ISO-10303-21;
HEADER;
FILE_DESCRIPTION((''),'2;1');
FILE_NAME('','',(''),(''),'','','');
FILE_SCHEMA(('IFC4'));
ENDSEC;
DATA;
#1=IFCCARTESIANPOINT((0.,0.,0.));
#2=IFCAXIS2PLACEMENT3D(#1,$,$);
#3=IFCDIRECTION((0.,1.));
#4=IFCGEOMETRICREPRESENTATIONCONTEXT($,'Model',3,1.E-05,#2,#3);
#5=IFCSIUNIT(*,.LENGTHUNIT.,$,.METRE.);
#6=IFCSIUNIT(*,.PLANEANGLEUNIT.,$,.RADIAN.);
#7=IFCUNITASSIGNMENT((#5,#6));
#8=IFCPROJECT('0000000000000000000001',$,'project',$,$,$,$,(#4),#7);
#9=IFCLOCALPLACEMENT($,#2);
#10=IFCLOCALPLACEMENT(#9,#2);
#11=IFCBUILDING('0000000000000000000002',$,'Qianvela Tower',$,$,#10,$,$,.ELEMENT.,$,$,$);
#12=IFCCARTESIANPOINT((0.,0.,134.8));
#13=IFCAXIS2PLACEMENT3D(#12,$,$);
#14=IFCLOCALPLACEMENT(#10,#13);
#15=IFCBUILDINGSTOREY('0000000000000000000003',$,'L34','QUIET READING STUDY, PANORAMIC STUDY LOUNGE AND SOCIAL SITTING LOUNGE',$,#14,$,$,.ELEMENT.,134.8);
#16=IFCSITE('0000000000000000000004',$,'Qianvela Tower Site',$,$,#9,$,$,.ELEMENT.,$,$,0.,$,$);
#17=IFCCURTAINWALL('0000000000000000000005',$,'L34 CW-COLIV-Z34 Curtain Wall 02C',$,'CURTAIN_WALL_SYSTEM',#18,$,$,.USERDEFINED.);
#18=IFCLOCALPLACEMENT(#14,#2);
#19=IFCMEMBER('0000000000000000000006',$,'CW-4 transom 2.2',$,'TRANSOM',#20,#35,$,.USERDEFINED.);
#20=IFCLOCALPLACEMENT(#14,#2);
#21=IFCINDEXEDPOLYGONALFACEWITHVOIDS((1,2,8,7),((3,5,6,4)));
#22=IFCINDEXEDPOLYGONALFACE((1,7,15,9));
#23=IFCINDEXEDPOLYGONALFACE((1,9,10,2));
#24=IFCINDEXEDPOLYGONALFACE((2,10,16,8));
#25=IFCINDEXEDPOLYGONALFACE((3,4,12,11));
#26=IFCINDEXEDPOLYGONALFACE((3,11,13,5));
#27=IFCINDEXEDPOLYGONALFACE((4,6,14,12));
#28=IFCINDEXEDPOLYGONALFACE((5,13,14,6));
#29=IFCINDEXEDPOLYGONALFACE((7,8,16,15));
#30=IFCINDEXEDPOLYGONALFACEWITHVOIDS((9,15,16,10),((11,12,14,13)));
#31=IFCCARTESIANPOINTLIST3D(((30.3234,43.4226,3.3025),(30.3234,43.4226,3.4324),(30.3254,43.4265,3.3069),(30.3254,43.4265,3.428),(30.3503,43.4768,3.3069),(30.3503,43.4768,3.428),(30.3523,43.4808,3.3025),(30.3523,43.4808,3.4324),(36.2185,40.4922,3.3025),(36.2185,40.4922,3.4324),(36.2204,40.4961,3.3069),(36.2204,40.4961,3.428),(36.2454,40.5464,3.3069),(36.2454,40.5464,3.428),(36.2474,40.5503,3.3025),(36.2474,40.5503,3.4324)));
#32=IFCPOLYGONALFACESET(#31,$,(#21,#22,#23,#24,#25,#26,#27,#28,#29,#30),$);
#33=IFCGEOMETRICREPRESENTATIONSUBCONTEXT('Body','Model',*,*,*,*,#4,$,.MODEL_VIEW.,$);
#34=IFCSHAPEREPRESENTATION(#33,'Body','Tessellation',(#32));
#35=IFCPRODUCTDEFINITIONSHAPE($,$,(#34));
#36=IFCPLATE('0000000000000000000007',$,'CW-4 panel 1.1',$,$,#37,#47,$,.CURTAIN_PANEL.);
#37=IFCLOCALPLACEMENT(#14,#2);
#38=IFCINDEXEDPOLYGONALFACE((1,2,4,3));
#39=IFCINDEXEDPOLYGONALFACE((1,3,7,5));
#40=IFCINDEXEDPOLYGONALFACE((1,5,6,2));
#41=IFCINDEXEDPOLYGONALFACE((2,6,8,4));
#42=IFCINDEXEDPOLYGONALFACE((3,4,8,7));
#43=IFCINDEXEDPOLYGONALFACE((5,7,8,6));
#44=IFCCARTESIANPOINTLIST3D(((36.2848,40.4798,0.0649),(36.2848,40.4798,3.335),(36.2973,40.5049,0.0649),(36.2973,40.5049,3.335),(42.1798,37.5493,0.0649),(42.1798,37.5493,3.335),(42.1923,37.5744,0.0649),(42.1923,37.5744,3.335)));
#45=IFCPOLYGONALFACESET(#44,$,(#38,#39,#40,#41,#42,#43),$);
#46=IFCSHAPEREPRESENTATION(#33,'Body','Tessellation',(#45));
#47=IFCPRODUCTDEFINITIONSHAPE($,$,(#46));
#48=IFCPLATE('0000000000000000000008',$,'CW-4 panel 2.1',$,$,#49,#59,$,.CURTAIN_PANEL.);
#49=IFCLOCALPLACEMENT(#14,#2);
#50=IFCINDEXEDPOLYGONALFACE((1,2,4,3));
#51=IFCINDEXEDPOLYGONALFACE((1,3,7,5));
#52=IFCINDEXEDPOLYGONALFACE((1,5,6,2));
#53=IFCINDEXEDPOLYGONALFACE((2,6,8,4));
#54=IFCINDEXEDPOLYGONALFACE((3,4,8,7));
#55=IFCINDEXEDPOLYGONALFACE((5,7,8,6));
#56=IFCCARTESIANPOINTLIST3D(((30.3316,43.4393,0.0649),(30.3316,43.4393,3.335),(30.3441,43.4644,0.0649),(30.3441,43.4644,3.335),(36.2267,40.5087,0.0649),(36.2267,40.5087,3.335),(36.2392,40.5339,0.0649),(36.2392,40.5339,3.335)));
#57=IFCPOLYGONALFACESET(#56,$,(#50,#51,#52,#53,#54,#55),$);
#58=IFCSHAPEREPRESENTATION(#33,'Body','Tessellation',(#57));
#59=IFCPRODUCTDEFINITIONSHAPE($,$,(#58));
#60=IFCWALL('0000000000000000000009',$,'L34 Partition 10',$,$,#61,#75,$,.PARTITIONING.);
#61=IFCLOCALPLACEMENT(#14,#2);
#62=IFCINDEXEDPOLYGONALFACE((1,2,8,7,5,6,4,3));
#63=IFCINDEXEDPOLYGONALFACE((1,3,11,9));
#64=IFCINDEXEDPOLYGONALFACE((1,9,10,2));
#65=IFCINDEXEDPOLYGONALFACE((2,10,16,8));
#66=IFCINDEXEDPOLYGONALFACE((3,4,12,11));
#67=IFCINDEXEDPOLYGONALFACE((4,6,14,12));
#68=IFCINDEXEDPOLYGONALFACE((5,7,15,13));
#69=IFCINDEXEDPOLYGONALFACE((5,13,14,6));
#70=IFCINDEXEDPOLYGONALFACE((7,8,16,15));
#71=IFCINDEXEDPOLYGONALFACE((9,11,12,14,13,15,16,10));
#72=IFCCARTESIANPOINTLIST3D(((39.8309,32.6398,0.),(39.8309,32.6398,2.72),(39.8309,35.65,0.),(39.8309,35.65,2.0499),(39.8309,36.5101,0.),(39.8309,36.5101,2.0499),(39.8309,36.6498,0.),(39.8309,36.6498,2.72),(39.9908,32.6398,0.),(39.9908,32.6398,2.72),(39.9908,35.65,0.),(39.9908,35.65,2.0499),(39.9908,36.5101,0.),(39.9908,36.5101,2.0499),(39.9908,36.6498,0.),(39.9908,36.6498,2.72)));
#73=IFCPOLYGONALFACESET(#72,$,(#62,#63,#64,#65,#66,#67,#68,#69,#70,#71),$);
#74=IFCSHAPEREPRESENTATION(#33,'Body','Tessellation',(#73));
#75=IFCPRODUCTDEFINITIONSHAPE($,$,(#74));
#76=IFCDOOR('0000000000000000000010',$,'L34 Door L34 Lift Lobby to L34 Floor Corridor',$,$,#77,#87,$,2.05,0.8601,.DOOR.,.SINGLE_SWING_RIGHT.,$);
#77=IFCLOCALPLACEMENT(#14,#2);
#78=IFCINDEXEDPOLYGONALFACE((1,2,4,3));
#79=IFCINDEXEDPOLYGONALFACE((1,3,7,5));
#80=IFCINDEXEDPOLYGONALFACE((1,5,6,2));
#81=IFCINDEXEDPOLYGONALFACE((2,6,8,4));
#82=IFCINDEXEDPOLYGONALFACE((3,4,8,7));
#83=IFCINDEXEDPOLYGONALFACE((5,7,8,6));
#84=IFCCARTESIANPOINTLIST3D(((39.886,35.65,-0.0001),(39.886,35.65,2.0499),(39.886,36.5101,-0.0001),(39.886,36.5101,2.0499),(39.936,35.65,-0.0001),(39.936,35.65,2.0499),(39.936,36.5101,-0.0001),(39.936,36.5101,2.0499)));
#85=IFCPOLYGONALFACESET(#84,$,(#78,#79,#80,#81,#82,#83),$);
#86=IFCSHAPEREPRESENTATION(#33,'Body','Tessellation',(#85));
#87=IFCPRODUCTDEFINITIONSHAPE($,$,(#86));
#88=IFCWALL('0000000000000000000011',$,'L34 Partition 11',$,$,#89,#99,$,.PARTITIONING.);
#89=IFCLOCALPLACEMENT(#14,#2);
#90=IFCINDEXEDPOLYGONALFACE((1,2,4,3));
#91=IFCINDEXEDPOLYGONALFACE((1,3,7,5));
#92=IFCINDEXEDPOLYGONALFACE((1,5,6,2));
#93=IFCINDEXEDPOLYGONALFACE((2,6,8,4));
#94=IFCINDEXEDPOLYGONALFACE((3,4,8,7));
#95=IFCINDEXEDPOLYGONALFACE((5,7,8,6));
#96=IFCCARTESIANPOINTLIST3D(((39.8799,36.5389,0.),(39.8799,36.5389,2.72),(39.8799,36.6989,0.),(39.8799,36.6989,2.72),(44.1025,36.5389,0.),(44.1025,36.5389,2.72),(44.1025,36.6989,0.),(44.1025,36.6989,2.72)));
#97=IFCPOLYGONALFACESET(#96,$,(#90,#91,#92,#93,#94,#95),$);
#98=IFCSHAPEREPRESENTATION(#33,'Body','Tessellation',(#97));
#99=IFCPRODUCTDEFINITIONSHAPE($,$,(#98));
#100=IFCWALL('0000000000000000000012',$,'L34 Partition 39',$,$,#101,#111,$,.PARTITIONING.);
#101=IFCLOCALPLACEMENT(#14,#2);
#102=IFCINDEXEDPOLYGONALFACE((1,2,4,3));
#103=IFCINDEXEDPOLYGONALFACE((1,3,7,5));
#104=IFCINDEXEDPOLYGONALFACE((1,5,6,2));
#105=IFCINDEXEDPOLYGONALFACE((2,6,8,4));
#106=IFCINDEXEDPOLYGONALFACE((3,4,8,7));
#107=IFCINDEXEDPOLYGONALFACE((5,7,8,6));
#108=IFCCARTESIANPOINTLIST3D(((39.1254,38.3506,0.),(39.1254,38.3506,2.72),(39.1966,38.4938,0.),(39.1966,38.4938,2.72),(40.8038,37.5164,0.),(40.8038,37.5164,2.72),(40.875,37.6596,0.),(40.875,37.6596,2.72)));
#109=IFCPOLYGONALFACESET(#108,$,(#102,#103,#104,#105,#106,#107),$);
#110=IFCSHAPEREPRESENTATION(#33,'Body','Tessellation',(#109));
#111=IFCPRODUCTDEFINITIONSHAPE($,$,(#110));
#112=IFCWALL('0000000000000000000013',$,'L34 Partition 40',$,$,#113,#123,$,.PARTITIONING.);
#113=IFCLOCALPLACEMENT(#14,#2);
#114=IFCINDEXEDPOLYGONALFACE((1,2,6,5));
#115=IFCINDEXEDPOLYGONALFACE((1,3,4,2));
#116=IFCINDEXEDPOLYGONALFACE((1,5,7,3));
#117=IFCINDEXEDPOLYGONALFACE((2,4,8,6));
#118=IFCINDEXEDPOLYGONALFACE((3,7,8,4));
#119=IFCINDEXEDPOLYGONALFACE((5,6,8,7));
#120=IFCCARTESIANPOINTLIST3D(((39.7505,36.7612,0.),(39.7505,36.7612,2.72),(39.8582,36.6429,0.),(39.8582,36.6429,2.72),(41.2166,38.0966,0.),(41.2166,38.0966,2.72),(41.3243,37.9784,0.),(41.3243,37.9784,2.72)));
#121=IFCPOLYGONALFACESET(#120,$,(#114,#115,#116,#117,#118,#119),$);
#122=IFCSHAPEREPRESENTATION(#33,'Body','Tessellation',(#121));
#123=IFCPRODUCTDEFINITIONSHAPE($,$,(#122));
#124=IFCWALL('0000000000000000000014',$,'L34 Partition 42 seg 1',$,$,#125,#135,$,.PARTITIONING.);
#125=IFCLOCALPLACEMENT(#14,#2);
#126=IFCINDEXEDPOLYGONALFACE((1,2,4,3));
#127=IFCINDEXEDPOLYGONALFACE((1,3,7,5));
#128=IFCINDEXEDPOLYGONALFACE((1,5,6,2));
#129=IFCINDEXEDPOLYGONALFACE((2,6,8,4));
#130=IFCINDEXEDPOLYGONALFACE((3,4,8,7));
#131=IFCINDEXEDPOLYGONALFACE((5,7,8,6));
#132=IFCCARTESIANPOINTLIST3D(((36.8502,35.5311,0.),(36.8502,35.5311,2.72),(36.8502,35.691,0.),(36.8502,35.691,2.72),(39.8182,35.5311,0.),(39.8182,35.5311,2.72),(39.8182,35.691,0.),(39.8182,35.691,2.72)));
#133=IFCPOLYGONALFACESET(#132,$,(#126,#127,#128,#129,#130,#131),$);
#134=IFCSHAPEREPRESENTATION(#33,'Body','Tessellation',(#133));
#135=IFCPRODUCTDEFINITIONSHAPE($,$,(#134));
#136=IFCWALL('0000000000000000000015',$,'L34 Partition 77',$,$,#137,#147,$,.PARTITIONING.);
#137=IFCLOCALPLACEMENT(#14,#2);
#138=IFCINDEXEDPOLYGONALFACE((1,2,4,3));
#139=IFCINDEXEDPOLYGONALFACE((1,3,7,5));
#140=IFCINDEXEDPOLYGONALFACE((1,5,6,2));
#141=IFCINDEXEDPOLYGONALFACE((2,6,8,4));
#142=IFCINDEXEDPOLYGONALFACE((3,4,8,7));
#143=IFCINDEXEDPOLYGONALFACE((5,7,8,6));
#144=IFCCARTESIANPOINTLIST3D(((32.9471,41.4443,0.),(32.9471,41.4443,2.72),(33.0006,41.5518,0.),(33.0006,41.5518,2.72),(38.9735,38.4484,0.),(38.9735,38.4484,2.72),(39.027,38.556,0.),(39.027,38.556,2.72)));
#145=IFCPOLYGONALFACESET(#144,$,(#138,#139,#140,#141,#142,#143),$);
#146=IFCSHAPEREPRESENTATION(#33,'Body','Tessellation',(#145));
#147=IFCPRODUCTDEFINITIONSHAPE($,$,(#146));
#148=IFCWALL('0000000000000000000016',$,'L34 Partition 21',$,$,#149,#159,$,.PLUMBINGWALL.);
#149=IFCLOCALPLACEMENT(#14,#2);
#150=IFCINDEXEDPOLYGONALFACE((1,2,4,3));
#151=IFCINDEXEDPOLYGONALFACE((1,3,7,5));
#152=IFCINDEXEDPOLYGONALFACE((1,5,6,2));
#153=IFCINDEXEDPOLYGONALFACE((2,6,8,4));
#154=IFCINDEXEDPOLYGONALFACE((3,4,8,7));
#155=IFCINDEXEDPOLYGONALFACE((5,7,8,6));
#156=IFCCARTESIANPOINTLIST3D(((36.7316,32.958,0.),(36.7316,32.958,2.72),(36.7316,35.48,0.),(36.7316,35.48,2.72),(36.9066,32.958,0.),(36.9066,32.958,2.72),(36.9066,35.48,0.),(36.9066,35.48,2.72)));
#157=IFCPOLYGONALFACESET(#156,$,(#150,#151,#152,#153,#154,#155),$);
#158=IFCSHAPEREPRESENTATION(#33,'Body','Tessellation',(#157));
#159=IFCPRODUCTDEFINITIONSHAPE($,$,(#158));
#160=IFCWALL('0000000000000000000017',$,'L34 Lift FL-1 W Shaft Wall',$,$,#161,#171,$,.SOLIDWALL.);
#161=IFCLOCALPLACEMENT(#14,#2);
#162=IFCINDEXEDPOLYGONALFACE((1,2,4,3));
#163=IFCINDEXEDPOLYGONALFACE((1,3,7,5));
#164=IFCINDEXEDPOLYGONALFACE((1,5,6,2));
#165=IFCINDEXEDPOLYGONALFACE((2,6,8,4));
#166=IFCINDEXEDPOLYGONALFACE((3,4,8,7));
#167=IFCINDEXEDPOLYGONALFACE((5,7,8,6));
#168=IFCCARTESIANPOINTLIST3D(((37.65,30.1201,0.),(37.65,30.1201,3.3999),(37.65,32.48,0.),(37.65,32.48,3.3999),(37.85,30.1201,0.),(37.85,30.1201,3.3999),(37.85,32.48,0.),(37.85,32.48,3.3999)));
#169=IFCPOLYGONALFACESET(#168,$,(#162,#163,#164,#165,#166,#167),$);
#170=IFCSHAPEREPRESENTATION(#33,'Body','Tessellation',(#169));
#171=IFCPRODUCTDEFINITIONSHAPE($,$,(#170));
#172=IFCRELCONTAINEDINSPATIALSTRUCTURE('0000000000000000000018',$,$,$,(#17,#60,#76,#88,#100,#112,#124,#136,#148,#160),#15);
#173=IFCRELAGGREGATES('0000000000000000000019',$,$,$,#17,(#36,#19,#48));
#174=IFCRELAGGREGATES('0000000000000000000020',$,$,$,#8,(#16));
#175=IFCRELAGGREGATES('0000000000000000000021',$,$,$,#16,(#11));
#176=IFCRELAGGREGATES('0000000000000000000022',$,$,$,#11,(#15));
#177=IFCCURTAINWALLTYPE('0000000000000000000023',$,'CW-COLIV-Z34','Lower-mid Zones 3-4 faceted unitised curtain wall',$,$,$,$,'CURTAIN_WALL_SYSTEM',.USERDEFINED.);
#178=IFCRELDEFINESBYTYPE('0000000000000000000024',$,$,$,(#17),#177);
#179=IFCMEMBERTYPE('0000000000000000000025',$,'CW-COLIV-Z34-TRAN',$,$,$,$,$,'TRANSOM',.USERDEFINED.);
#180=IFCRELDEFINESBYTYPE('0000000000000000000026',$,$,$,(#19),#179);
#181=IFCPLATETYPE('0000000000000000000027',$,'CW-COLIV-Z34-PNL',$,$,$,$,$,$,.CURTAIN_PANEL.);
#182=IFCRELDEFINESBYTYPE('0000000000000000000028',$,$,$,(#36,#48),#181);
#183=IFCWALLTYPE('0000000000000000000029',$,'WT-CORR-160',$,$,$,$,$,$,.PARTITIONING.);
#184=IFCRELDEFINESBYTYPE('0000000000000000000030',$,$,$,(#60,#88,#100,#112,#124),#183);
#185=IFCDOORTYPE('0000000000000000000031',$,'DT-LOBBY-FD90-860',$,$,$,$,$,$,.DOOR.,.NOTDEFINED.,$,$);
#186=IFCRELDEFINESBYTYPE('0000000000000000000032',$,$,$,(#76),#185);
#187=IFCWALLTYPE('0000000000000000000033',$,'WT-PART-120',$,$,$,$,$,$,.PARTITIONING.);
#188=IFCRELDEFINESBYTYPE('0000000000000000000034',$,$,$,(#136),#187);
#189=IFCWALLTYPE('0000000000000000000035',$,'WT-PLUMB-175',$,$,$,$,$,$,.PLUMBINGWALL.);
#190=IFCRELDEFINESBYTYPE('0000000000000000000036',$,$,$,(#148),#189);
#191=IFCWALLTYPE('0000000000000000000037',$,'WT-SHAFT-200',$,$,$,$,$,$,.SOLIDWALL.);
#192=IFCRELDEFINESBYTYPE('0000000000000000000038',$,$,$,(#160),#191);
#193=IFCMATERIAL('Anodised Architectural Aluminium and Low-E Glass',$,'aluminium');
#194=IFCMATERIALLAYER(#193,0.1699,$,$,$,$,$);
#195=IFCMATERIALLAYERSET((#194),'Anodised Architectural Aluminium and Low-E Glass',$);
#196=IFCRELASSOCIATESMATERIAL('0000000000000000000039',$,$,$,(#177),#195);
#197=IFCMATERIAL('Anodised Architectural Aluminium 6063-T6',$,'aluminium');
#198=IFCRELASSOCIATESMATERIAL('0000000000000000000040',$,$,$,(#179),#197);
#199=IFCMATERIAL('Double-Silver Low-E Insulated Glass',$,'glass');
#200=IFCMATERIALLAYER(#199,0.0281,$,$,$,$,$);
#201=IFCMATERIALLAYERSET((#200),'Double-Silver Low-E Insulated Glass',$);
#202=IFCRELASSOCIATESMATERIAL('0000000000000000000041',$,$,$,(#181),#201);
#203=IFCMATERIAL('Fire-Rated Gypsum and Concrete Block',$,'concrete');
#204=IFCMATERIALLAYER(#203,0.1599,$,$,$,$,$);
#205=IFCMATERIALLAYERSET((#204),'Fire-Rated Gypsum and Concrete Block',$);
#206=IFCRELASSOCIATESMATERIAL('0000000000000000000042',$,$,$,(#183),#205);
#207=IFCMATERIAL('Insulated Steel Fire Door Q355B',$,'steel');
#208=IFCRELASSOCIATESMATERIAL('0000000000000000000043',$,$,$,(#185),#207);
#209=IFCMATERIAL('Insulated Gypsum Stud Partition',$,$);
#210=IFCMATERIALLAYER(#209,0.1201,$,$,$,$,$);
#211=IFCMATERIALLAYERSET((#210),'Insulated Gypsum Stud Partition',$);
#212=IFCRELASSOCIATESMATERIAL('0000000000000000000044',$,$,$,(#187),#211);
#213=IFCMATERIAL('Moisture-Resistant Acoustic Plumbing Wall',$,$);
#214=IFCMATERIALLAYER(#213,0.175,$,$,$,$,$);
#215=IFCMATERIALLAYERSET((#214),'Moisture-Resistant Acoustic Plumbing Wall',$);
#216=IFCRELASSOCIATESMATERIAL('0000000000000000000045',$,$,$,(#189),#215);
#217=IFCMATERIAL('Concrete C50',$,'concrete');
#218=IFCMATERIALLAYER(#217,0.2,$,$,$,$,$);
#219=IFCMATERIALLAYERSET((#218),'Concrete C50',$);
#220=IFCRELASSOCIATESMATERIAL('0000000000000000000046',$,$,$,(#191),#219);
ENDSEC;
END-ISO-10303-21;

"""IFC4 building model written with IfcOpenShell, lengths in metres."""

from ifc_helpers import new_model, si_unit, direction, frame, frame_2d, origin, origin_2d, place, context, subcontext, project, spatial, rectangle, hollow_rectangle, extrude, material, layer, layer_set, material_profile, profile_set, type_object, element, fill, aggregate, save


model = new_model("IFC4")

# Units and contexts
model_context = context("Model", 3, precision=1e-05, world=origin(), true_north=direction((0.0, 1.0)))
body_context = subcontext(model_context, "Body", "Model", "MODEL_VIEW")
ifc_project = project(units=[si_unit("LENGTHUNIT", "METRE"), si_unit("PLANEANGLEUNIT", "RADIAN")], contexts=[model_context])

# Site, building, storey
site_placement = place(None, origin())
site = spatial("IfcSite", under=ifc_project, at=site_placement, Name="Qianvela Tower Site", CompositionType="ELEMENT", RefElevation=0.0)
building_placement = place(site_placement, origin())
building = spatial("IfcBuilding", under=site, at=building_placement, Name="Qianvela Tower", CompositionType="ELEMENT")
storey_placement = place(building_placement, frame((0.0, 0.0, 134.8)))
storey = spatial("IfcBuildingStorey", under=building, at=storey_placement, Name="L34", Description="QUIET READING STUDY, PANORAMIC STUDY LOUNGE AND SOCIAL SITTING LOUNGE", CompositionType="ELEMENT", Elevation=134.8)

# Curtain wall, member, plates
ifc_material_1 = material(Name="Anodised Architectural Aluminium and Low-E Glass", Category="aluminium")
ifc_layer_1 = layer(ifc_material_1, 0.1699)
ifc_layer_set_1 = layer_set([ifc_layer_1], Name="Anodised Architectural Aluminium and Low-E Glass")
curtain_wall_type = type_object("IfcCurtainWallType", Name="CW-COLIV-Z34", Description="Lower-mid Zones 3-4 faceted unitised curtain wall", ElementType="CURTAIN_WALL_SYSTEM", PredefinedType="USERDEFINED", material=ifc_layer_set_1)
curtain_wall_placement = place(storey_placement, origin())
curtain_wall = element("IfcCurtainWall", 1, at=curtain_wall_placement, inside=storey, type_object=curtain_wall_type, Name="L34 CW-COLIV-Z34 Curtain Wall 02C", ObjectType="CURTAIN_WALL_SYSTEM", PredefinedType="USERDEFINED")
ifc_material_2 = material(Name="Anodised Architectural Aluminium 6063-T6", Category="aluminium")
ifc_material_profile_1 = material_profile(ifc_material_2, hollow_rectangle(XDim=0.0649, YDim=0.1299, WallThickness=0.0044, at=origin_2d()), Name="ALU-TRAN-65x130")
ifc_profile_set_1 = profile_set([ifc_material_profile_1], Name="Anodised Architectural Aluminium 6063-T6")
member_type_1 = type_object("IfcMemberType", Name="CW-COLIV-Z34-TRAN", ElementType="TRANSOM", PredefinedType="USERDEFINED", material=ifc_profile_set_1)
member_1_placement = place(storey_placement, frame((36.2329, 40.5212, 3.3674), z_axis=(-0.895463, 0.445136, 0.0), x_axis=(-0.445136, -0.895463, 0.0)))
member_1 = element("IfcMember", 2, at=member_1_placement, type_object=member_type_1, Name="CW-4 transom 2.2", ObjectType="TRANSOM", PredefinedType="USERDEFINED", context=body_context, shape_type="SweptSolid", body=[
    extrude(hollow_rectangle(XDim=0.0649, YDim=0.1299, WallThickness=0.0044, at=origin_2d()), origin(), (0.0, 0.0, 1.0), 6.5833),
])
ifc_material_3 = material(Name="Double-Silver Low-E Insulated Glass", Category="glass")
ifc_layer_2 = layer(ifc_material_3, 0.0281)
ifc_layer_set_2 = layer_set([ifc_layer_2], Name="Double-Silver Low-E Insulated Glass")
plate_type = type_object("IfcPlateType", Name="CW-COLIV-Z34-PNL", PredefinedType="CURTAIN_PANEL", material=ifc_layer_set_2)
plate_1_placement = place(storey_placement, frame((39.2385, 39.0271, 0.0649), z_axis=(0.0, 0.0, 1.0), x_axis=(-0.895458, 0.445147, 0.0)))
plate_1 = element("IfcPlate", 3, at=plate_1_placement, type_object=plate_type, Name="CW-4 panel 1.1", PredefinedType="CURTAIN_PANEL", context=body_context, shape_type="SweptSolid", body=[
    extrude(rectangle(XDim=6.5833, YDim=0.0281, at=origin_2d()), origin(), (0.0, 0.0, 1.0), 3.27),
])
plate_2_placement = place(storey_placement, frame((33.2854, 41.9866, 0.0649), z_axis=(0.0, 0.0, 1.0), x_axis=(-0.895458, 0.445147, 0.0)))
plate_2 = element("IfcPlate", 4, at=plate_2_placement, type_object=plate_type, Name="CW-4 panel 2.1", PredefinedType="CURTAIN_PANEL", context=body_context, shape_type="SweptSolid", body=[
    extrude(rectangle(XDim=6.5833, YDim=0.0281, at=origin_2d()), origin(), (0.0, 0.0, 1.0), 3.27),
])
aggregate(curtain_wall, [plate_1, member_1, plate_2])

# Wall, opening, door
ifc_material_4 = material(Name="Fire-Rated Gypsum and Concrete Block", Category="concrete")
ifc_layer_3 = layer(ifc_material_4, 0.1599)
ifc_layer_set_3 = layer_set([ifc_layer_3], Name="Fire-Rated Gypsum and Concrete Block")
wall_type_1 = type_object("IfcWallType", Name="WT-CORR-160", PredefinedType="PARTITIONING", material=ifc_layer_set_3)
wall_1_placement = place(storey_placement, frame((39.9109, 32.6399, 0.0), z_axis=(0.0, 0.0, 1.0), x_axis=(0.0, 1.0, 0.0)))
wall_1 = element("IfcWall", 5, at=wall_1_placement, inside=storey, type_object=wall_type_1, Name="L34 Partition 10", PredefinedType="PARTITIONING", context=body_context, shape_type="SweptSolid", body=[
    extrude(rectangle(XDim=4.01, YDim=0.1599, at=frame_2d((2.0049, 0.0))), origin(), (0.0, 0.0, 1.0), 2.72),
])
opening_1_placement = place(wall_1_placement, frame((3.01, 0.0, 0.0)))
opening_1 = element("IfcOpeningElement", 6, at=opening_1_placement, cuts=wall_1, PredefinedType="OPENING", context=body_context, shape_type="SweptSolid", body=[
    extrude(rectangle(XDim=0.8601, YDim=2.05, at=frame_2d((0.4302, 1.0249))), frame((0.0, 0.0898, 0.0), z_axis=(0.0, -1.0, 0.0), x_axis=(1.0, 0.0, 0.0)), (0.0, 0.0, 1.0), 0.1799),
])
ifc_material_5 = material(Name="Insulated Steel Fire Door Q355B", Category="steel")
door_type_1 = type_object("IfcDoorType", Name="DT-LOBBY-FD90-860", OperationType="NOTDEFINED", PredefinedType="DOOR", material=ifc_material_5)
door_1_placement = place(opening_1_placement, origin())
door_1 = element("IfcDoor", 7, at=door_1_placement, inside=storey, type_object=door_type_1, Name="L34 Door L34 Lift Lobby to L34 Floor Corridor", OperationType="SINGLE_SWING_RIGHT", OverallHeight=2.05, OverallWidth=0.8601, PredefinedType="DOOR", context=body_context, shape_type="SweptSolid", body=[
    extrude(rectangle(XDim=0.8601, YDim=2.05, at=frame_2d((0.4302, 1.0249))), frame((0.0, 0.0249, 0.0), z_axis=(0.0, -1.0, 0.0), x_axis=(1.0, 0.0, 0.0)), (0.0, 0.0, 1.0), 0.05),
])
fill(opening_1, door_1)

# Walls
wall_2_placement = place(storey_placement, frame((39.8799, 36.6189, 0.0), z_axis=(0.0, 0.0, 1.0), x_axis=(1.0, 0.0, 0.0)))
element("IfcWall", 8, at=wall_2_placement, inside=storey, type_object=wall_type_1, Name="L34 Partition 11", PredefinedType="PARTITIONING", context=body_context, shape_type="SweptSolid", body=[
    extrude(rectangle(XDim=4.2227, YDim=0.1599, at=frame_2d((2.1113, 0.0))), origin(), (0.0, 0.0, 1.0), 2.72),
])
wall_3_placement = place(storey_placement, frame((39.1611, 38.4221, 0.0), z_axis=(0.0, 0.0, 1.0), x_axis=(0.895493, -0.445076, 0.0)))
element("IfcWall", 9, at=wall_3_placement, inside=storey, type_object=wall_type_1, Name="L34 Partition 39", PredefinedType="PARTITIONING", context=body_context, shape_type="SweptSolid", body=[
    extrude(rectangle(XDim=1.8743, YDim=0.1599, at=frame_2d((0.937, 0.0))), origin(), (0.0, 0.0, 1.0), 2.72),
])
wall_4_placement = place(storey_placement, frame((41.2705, 38.0376, 0.0), z_axis=(0.0, 0.0, 1.0), x_axis=(-0.739271, -0.673408, 0.0)))
element("IfcWall", 10, at=wall_4_placement, inside=storey, type_object=wall_type_1, Name="L34 Partition 40", PredefinedType="PARTITIONING", context=body_context, shape_type="SweptSolid", body=[
    extrude(rectangle(XDim=1.9832, YDim=0.1599, at=frame_2d((0.9917, 0.0))), origin(), (0.0, 0.0, 1.0), 2.72),
])
wall_5_placement = place(storey_placement, frame((39.8181, 35.6111, 0.0), z_axis=(0.0, 0.0, 1.0), x_axis=(-1.0, 0.0, 0.0)))
element("IfcWall", 11, at=wall_5_placement, inside=storey, type_object=wall_type_1, Name="L34 Partition 42 seg 1", PredefinedType="PARTITIONING", context=body_context, shape_type="SweptSolid", body=[
    extrude(rectangle(XDim=2.968, YDim=0.1599, at=frame_2d((1.4839, 0.0))), origin(), (0.0, 0.0, 1.0), 2.72),
])
ifc_material_6 = material(Name="Insulated Gypsum Stud Partition")
ifc_layer_4 = layer(ifc_material_6, 0.1201)
ifc_layer_set_4 = layer_set([ifc_layer_4], Name="Insulated Gypsum Stud Partition")
wall_type_2 = type_object("IfcWallType", Name="WT-PART-120", PredefinedType="PARTITIONING", material=ifc_layer_set_4)
wall_6_placement = place(storey_placement, frame((32.9739, 41.498, 0.0), z_axis=(0.0, 0.0, 1.0), x_axis=(0.895455, -0.445152, 0.0)))
element("IfcWall", 12, at=wall_6_placement, inside=storey, type_object=wall_type_2, Name="L34 Partition 77", PredefinedType="PARTITIONING", context=body_context, shape_type="SweptSolid", body=[
    extrude(rectangle(XDim=6.73, YDim=0.1201, at=frame_2d((3.365, 0.0))), origin(), (0.0, 0.0, 1.0), 2.72),
])
ifc_material_7 = material(Name="Moisture-Resistant Acoustic Plumbing Wall")
ifc_layer_5 = layer(ifc_material_7, 0.175)
ifc_layer_set_5 = layer_set([ifc_layer_5], Name="Moisture-Resistant Acoustic Plumbing Wall")
wall_type_3 = type_object("IfcWallType", Name="WT-PLUMB-175", PredefinedType="PLUMBINGWALL", material=ifc_layer_set_5)
wall_7_placement = place(storey_placement, frame((36.8191, 35.48, 0.0), z_axis=(0.0, 0.0, 1.0), x_axis=(0.0, -1.0, 0.0)))
element("IfcWall", 13, at=wall_7_placement, inside=storey, type_object=wall_type_3, Name="L34 Partition 21", PredefinedType="PLUMBINGWALL", context=body_context, shape_type="SweptSolid", body=[
    extrude(rectangle(XDim=2.522, YDim=0.175, at=frame_2d((1.261, 0.0))), origin(), (0.0, 0.0, 1.0), 2.72),
])

# Shared definitions
ifc_material_8 = material(Name="Concrete C50", Category="concrete")
ifc_layer_6 = layer(ifc_material_8, 0.2)
ifc_layer_set_6 = layer_set([ifc_layer_6], Name="Concrete C50")
wall_type_4 = type_object("IfcWallType", Name="WT-SHAFT-200", PredefinedType="SOLIDWALL", material=ifc_layer_set_6)

# Wall
wall_8_placement = place(storey_placement, frame((37.75, 30.1201, 0.0), z_axis=(0.0, 0.0, 1.0), x_axis=(0.0, 1.0, 0.0)))
element("IfcWall", 14, at=wall_8_placement, inside=storey, type_object=wall_type_4, Name="L34 Lift FL-1 W Shaft Wall", PredefinedType="SOLIDWALL", context=body_context, shape_type="SweptSolid", body=[
    extrude(rectangle(XDim=2.3599, YDim=0.2, at=frame_2d((1.1799, 0.0))), origin(), (0.0, 0.0, 1.0), 3.3999),
])

save(model, "model.ifc")
